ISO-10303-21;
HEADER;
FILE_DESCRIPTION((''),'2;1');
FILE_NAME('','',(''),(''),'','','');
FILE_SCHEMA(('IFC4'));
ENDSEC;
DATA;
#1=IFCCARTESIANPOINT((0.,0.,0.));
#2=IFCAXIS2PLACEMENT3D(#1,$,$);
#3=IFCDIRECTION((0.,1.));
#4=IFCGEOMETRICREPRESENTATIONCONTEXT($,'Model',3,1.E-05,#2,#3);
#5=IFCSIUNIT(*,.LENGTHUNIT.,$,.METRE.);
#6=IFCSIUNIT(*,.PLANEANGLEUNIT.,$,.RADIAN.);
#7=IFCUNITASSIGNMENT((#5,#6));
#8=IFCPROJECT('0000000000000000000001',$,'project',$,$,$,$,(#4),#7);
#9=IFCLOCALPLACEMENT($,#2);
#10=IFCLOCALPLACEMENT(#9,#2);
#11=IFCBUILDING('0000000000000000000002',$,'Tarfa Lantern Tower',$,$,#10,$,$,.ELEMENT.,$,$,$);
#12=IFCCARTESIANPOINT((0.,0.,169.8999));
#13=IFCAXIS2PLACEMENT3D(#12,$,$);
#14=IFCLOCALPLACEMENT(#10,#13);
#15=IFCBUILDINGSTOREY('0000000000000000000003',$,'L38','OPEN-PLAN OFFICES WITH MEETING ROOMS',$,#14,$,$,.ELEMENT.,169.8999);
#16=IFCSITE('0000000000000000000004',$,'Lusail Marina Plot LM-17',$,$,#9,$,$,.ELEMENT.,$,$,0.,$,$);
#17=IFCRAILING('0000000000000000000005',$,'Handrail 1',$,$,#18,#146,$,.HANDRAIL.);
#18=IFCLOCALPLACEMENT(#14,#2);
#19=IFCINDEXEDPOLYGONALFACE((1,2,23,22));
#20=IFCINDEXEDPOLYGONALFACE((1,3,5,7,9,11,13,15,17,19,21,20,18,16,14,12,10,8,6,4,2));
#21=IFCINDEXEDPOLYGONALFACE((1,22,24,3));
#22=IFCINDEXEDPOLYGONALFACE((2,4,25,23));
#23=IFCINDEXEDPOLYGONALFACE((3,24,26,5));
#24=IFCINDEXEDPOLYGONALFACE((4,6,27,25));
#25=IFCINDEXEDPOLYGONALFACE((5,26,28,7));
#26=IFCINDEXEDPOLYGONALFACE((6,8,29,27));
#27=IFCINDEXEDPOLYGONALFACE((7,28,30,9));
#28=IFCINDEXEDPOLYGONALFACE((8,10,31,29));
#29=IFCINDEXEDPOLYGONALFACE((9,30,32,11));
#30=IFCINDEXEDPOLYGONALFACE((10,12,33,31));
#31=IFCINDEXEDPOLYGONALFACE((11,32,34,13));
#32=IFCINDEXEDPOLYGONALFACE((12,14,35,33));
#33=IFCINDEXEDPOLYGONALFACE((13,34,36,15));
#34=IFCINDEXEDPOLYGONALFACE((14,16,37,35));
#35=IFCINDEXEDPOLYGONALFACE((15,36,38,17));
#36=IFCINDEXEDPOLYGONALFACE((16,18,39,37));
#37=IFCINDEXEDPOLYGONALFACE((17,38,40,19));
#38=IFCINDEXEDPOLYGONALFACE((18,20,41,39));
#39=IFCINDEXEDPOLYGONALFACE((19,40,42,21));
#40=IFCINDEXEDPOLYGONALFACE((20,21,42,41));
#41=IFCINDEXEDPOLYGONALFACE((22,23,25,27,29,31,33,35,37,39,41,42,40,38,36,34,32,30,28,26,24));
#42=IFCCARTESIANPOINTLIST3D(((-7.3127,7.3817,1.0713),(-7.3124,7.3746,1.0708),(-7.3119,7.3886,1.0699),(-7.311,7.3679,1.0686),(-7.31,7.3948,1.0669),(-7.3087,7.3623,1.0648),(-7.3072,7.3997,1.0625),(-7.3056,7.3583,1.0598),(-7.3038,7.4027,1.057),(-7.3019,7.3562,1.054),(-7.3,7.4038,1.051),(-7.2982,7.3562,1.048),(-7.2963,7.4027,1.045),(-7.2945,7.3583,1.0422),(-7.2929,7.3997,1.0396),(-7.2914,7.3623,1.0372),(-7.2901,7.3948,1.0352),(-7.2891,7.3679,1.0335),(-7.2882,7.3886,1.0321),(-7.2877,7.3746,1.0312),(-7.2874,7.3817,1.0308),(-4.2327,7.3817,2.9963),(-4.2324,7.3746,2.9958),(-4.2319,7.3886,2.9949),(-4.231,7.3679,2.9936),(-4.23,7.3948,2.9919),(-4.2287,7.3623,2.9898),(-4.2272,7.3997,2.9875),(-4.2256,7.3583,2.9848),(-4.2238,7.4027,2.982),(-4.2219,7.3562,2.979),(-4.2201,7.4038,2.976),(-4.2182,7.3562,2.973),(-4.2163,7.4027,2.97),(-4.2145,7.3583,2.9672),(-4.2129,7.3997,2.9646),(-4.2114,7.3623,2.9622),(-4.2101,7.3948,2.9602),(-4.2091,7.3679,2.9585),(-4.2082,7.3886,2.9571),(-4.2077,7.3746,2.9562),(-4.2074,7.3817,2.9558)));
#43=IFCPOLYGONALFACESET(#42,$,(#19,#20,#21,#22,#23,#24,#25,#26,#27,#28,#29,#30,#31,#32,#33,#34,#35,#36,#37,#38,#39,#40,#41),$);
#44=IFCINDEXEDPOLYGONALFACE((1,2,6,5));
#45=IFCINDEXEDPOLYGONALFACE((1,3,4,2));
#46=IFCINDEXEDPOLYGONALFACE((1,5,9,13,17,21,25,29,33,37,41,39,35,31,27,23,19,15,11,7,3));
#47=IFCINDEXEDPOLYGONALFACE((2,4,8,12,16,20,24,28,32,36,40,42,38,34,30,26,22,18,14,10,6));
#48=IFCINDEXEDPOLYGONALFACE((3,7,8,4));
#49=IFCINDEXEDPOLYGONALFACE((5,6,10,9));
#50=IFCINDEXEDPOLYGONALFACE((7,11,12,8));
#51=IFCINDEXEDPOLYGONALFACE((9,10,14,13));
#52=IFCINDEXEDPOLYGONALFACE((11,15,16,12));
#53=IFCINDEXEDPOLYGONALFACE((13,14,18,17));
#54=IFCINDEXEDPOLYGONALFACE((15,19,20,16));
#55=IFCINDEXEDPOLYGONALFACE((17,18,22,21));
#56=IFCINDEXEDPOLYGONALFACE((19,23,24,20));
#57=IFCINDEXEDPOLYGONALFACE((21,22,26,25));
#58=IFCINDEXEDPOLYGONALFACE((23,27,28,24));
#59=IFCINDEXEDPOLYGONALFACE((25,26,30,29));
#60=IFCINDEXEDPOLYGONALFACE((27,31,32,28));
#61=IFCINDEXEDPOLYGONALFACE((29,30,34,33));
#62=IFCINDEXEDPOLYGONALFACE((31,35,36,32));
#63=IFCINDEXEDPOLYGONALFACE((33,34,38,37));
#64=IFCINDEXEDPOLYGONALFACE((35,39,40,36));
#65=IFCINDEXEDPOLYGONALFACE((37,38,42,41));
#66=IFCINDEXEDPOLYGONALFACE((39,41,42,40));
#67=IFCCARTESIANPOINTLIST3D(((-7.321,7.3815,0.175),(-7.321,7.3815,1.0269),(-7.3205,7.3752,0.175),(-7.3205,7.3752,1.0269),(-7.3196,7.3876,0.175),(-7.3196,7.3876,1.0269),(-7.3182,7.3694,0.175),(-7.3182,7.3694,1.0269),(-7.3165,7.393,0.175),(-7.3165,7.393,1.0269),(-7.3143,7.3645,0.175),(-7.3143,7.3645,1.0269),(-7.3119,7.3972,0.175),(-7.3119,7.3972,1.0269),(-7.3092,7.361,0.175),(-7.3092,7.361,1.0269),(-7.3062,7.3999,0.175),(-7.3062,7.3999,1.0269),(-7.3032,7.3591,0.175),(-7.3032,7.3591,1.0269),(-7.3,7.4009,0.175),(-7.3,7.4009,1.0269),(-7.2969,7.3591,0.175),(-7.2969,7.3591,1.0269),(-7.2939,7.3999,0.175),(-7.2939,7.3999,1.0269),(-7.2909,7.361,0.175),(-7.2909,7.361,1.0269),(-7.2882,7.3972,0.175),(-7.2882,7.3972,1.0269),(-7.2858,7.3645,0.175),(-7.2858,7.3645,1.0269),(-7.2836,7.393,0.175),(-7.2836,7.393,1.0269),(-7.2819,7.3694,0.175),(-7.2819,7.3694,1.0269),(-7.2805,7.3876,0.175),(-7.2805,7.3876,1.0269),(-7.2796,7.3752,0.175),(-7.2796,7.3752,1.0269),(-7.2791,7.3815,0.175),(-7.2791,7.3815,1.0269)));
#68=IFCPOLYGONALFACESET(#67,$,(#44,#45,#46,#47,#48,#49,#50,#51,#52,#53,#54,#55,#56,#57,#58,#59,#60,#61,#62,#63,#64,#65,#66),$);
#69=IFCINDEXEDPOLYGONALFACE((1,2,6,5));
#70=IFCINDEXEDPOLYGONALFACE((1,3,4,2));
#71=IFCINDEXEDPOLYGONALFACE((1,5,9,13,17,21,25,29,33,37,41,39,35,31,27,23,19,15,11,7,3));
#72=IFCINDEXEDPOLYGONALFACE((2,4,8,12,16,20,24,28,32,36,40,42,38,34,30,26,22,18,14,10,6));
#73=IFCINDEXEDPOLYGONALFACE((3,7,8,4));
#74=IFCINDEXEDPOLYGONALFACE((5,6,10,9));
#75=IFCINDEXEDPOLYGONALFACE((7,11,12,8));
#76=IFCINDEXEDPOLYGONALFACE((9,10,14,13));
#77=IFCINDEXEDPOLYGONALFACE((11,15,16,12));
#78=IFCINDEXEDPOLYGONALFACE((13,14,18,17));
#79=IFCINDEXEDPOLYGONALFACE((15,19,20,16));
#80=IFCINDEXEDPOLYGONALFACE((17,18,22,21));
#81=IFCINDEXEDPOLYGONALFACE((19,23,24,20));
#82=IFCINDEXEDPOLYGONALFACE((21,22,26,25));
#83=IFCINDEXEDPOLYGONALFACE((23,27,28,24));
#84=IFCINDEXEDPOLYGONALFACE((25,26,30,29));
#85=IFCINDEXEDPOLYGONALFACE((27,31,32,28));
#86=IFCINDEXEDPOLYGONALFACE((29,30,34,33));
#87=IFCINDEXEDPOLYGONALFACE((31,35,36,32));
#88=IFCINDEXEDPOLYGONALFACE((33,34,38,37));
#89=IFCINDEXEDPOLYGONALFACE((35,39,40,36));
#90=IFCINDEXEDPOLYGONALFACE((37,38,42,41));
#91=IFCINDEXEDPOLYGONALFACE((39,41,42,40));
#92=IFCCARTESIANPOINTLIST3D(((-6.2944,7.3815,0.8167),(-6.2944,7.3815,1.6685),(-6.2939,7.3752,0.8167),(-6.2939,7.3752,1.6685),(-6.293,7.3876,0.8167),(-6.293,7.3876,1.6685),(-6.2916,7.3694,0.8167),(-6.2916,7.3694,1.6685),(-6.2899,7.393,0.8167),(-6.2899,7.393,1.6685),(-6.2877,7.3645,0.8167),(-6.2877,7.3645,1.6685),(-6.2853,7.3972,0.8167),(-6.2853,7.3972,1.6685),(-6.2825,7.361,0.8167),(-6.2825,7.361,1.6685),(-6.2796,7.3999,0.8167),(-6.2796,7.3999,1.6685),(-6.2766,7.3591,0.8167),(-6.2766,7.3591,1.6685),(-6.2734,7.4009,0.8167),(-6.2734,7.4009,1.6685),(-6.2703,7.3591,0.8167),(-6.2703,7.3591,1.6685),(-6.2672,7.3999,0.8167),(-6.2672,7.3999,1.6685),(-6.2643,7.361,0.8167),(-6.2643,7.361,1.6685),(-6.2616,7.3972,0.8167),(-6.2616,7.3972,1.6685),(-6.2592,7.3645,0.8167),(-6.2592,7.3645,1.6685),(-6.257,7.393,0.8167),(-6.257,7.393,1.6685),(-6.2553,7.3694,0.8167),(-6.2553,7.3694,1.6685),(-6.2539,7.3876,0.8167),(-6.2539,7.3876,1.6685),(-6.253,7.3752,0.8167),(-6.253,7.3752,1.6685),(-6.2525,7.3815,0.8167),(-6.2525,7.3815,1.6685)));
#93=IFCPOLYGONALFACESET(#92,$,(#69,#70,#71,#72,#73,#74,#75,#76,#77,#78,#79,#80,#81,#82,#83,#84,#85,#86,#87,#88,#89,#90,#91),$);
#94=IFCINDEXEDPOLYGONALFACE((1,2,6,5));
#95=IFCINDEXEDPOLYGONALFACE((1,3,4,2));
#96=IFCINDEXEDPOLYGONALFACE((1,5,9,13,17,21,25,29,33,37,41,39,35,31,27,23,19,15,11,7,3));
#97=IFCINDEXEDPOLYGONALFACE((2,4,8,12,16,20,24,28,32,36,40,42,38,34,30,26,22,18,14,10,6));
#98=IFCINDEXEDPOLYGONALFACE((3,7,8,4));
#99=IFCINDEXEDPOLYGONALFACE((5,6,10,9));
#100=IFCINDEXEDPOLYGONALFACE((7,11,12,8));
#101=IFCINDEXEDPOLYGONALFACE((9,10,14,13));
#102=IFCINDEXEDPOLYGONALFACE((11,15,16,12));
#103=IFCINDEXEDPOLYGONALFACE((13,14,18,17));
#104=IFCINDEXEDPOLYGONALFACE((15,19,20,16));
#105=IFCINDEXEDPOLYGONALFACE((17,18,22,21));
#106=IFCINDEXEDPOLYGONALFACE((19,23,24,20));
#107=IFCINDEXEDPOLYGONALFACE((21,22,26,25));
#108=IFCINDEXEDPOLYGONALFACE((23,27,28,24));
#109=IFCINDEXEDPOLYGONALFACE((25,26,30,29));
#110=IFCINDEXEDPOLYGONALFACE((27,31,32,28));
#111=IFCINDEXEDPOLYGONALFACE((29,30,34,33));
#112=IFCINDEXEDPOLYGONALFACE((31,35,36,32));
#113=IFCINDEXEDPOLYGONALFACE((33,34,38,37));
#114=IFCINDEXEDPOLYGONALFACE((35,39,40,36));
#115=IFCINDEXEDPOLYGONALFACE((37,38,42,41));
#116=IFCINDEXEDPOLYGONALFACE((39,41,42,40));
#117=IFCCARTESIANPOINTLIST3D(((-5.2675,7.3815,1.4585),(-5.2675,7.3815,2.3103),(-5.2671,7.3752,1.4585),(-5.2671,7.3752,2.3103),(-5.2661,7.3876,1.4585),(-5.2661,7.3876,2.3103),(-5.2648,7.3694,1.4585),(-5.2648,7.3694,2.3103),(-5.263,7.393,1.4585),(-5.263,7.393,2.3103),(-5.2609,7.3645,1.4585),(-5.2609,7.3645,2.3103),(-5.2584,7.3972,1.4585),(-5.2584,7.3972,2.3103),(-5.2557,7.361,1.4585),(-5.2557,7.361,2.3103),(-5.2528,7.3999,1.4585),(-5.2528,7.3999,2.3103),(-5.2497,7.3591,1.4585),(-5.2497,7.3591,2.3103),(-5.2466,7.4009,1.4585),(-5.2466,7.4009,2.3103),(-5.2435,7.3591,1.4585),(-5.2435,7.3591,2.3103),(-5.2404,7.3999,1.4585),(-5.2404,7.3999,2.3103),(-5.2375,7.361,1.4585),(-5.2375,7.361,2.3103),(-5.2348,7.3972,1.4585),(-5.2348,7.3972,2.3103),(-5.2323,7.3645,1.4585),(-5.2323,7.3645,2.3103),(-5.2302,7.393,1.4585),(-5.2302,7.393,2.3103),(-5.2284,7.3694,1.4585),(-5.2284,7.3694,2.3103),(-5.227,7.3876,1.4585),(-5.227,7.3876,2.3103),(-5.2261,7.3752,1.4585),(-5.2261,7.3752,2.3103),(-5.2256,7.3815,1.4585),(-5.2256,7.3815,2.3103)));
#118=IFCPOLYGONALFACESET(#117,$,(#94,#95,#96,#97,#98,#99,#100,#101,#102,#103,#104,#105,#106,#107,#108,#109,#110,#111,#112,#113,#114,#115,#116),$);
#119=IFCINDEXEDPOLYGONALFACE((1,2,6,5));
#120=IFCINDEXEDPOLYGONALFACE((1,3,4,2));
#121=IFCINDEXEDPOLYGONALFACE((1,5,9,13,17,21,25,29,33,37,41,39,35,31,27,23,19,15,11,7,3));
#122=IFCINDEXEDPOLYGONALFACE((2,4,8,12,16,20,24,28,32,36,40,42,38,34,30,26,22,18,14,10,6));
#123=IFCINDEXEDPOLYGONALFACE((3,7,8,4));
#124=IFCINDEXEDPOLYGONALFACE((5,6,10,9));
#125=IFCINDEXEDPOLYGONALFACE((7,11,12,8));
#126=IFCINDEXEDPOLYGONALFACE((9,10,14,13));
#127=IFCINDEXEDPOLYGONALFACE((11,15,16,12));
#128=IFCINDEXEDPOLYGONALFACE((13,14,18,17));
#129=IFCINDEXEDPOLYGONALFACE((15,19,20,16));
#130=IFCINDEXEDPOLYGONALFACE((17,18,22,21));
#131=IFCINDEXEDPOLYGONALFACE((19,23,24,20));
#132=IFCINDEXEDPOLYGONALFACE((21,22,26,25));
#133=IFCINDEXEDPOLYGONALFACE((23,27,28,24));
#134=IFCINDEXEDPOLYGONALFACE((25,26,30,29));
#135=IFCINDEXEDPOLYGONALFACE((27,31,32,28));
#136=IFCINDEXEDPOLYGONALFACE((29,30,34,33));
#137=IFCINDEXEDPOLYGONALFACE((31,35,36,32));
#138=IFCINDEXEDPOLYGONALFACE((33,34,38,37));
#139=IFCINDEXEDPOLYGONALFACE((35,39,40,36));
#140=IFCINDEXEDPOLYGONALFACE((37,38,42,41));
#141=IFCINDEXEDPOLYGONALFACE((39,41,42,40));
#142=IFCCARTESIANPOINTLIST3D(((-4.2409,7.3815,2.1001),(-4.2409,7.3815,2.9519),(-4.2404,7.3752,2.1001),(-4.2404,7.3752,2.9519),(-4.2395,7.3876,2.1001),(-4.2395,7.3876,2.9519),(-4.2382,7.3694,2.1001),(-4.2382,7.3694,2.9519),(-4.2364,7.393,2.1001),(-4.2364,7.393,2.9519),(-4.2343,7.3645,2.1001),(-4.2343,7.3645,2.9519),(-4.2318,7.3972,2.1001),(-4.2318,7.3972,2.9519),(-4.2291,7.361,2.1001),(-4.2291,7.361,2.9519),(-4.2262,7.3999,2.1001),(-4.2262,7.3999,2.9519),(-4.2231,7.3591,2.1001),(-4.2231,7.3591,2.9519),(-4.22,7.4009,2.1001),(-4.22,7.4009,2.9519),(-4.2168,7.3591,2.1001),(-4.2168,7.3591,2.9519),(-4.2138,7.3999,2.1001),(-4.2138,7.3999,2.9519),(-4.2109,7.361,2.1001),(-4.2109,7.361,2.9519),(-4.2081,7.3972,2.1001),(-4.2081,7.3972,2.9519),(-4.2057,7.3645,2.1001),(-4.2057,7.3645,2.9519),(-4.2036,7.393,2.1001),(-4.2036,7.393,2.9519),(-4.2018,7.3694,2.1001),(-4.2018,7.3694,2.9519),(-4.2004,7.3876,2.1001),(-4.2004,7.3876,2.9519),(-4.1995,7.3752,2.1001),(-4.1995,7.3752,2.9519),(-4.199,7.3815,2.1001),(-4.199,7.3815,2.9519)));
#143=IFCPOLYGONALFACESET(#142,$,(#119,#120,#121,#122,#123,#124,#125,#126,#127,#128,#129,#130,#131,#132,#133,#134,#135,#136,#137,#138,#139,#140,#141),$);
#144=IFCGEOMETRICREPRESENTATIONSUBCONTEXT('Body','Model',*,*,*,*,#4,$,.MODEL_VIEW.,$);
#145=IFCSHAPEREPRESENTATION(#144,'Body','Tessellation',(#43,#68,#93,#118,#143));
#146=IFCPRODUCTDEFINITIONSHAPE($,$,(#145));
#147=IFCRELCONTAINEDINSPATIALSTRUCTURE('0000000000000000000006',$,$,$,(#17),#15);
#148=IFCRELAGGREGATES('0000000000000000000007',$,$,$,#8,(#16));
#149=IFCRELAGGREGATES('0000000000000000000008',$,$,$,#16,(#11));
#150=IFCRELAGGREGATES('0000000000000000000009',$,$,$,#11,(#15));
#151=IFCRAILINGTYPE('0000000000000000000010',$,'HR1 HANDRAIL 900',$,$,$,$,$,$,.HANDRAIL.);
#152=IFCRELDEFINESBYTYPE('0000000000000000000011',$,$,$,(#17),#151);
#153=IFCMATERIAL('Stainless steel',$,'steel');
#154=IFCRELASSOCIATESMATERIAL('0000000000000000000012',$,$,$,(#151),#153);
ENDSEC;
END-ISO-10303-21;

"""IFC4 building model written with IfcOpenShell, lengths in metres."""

from ifc_helpers import new_model, si_unit, direction, frame, origin, origin_2d, place, context, subcontext, project, spatial, circle, extrude, material, type_object, element, save


model = new_model("IFC4")

# Units and contexts
model_context = context("Model", 3, precision=1e-05, world=origin(), true_north=direction((0.0, 1.0)))
body_context = subcontext(model_context, "Body", "Model", "MODEL_VIEW")
ifc_project = project(units=[si_unit("LENGTHUNIT", "METRE"), si_unit("PLANEANGLEUNIT", "RADIAN")], contexts=[model_context])

# Site, building, storey
site_placement = place(None, origin())
site = spatial("IfcSite", under=ifc_project, at=site_placement, Name="Lusail Marina Plot LM-17", CompositionType="ELEMENT", RefElevation=0.0)
building_placement = place(site_placement, origin())
building = spatial("IfcBuilding", under=site, at=building_placement, Name="Tarfa Lantern Tower", CompositionType="ELEMENT")
storey_placement = place(building_placement, frame((0.0, 0.0, 169.8999)))
storey = spatial("IfcBuildingStorey", under=building, at=storey_placement, Name="L38", Description="OPEN-PLAN OFFICES WITH MEETING ROOMS", CompositionType="ELEMENT", Elevation=169.8999)

# Railing
ifc_material_1 = material(Name="Stainless steel", Category="steel")
railing_type = type_object("IfcRailingType", Name="HR1 HANDRAIL 900", PredefinedType="HANDRAIL", material=ifc_material_1)
railing_1_placement = place(storey_placement, frame((-7.3, 7.3799, 0.175)))
element("IfcRailing", 1, at=railing_1_placement, inside=storey, type_object=railing_type, Name="Handrail 1", PredefinedType="HANDRAIL", context=body_context, shape_type="SweptSolid", body=[
    extrude(circle(Radius=0.0239, at=origin_2d()), frame((0.0, 0.0, 0.876), z_axis=(0.847998, 0.0, 0.529999), x_axis=(0.0, 1.0, 0.0)), (0.0, 0.0, 1.0), 3.6321),
    extrude(circle(Radius=0.021, at=origin_2d()), frame((0.0, 0.0, 0.0), z_axis=(0.0, 0.0, 1.0), x_axis=(0.0, 1.0, 0.0)), (0.0, 0.0, 1.0), 0.8518),
    extrude(circle(Radius=0.021, at=origin_2d()), frame((1.0266, 0.0, 0.6416), z_axis=(0.0, 0.0, 1.0), x_axis=(0.0, 1.0, 0.0)), (0.0, 0.0, 1.0), 0.8518),
    extrude(circle(Radius=0.021, at=origin_2d()), frame((2.0535, 0.0, 1.2834), z_axis=(0.0, 0.0, 1.0), x_axis=(0.0, 1.0, 0.0)), (0.0, 0.0, 1.0), 0.8518),
    extrude(circle(Radius=0.021, at=origin_2d()), frame((3.0801, 0.0, 1.925), z_axis=(0.0, 0.0, 1.0), x_axis=(0.0, 1.0, 0.0)), (0.0, 0.0, 1.0), 0.8518),
])

save(model, "model.ifc")
